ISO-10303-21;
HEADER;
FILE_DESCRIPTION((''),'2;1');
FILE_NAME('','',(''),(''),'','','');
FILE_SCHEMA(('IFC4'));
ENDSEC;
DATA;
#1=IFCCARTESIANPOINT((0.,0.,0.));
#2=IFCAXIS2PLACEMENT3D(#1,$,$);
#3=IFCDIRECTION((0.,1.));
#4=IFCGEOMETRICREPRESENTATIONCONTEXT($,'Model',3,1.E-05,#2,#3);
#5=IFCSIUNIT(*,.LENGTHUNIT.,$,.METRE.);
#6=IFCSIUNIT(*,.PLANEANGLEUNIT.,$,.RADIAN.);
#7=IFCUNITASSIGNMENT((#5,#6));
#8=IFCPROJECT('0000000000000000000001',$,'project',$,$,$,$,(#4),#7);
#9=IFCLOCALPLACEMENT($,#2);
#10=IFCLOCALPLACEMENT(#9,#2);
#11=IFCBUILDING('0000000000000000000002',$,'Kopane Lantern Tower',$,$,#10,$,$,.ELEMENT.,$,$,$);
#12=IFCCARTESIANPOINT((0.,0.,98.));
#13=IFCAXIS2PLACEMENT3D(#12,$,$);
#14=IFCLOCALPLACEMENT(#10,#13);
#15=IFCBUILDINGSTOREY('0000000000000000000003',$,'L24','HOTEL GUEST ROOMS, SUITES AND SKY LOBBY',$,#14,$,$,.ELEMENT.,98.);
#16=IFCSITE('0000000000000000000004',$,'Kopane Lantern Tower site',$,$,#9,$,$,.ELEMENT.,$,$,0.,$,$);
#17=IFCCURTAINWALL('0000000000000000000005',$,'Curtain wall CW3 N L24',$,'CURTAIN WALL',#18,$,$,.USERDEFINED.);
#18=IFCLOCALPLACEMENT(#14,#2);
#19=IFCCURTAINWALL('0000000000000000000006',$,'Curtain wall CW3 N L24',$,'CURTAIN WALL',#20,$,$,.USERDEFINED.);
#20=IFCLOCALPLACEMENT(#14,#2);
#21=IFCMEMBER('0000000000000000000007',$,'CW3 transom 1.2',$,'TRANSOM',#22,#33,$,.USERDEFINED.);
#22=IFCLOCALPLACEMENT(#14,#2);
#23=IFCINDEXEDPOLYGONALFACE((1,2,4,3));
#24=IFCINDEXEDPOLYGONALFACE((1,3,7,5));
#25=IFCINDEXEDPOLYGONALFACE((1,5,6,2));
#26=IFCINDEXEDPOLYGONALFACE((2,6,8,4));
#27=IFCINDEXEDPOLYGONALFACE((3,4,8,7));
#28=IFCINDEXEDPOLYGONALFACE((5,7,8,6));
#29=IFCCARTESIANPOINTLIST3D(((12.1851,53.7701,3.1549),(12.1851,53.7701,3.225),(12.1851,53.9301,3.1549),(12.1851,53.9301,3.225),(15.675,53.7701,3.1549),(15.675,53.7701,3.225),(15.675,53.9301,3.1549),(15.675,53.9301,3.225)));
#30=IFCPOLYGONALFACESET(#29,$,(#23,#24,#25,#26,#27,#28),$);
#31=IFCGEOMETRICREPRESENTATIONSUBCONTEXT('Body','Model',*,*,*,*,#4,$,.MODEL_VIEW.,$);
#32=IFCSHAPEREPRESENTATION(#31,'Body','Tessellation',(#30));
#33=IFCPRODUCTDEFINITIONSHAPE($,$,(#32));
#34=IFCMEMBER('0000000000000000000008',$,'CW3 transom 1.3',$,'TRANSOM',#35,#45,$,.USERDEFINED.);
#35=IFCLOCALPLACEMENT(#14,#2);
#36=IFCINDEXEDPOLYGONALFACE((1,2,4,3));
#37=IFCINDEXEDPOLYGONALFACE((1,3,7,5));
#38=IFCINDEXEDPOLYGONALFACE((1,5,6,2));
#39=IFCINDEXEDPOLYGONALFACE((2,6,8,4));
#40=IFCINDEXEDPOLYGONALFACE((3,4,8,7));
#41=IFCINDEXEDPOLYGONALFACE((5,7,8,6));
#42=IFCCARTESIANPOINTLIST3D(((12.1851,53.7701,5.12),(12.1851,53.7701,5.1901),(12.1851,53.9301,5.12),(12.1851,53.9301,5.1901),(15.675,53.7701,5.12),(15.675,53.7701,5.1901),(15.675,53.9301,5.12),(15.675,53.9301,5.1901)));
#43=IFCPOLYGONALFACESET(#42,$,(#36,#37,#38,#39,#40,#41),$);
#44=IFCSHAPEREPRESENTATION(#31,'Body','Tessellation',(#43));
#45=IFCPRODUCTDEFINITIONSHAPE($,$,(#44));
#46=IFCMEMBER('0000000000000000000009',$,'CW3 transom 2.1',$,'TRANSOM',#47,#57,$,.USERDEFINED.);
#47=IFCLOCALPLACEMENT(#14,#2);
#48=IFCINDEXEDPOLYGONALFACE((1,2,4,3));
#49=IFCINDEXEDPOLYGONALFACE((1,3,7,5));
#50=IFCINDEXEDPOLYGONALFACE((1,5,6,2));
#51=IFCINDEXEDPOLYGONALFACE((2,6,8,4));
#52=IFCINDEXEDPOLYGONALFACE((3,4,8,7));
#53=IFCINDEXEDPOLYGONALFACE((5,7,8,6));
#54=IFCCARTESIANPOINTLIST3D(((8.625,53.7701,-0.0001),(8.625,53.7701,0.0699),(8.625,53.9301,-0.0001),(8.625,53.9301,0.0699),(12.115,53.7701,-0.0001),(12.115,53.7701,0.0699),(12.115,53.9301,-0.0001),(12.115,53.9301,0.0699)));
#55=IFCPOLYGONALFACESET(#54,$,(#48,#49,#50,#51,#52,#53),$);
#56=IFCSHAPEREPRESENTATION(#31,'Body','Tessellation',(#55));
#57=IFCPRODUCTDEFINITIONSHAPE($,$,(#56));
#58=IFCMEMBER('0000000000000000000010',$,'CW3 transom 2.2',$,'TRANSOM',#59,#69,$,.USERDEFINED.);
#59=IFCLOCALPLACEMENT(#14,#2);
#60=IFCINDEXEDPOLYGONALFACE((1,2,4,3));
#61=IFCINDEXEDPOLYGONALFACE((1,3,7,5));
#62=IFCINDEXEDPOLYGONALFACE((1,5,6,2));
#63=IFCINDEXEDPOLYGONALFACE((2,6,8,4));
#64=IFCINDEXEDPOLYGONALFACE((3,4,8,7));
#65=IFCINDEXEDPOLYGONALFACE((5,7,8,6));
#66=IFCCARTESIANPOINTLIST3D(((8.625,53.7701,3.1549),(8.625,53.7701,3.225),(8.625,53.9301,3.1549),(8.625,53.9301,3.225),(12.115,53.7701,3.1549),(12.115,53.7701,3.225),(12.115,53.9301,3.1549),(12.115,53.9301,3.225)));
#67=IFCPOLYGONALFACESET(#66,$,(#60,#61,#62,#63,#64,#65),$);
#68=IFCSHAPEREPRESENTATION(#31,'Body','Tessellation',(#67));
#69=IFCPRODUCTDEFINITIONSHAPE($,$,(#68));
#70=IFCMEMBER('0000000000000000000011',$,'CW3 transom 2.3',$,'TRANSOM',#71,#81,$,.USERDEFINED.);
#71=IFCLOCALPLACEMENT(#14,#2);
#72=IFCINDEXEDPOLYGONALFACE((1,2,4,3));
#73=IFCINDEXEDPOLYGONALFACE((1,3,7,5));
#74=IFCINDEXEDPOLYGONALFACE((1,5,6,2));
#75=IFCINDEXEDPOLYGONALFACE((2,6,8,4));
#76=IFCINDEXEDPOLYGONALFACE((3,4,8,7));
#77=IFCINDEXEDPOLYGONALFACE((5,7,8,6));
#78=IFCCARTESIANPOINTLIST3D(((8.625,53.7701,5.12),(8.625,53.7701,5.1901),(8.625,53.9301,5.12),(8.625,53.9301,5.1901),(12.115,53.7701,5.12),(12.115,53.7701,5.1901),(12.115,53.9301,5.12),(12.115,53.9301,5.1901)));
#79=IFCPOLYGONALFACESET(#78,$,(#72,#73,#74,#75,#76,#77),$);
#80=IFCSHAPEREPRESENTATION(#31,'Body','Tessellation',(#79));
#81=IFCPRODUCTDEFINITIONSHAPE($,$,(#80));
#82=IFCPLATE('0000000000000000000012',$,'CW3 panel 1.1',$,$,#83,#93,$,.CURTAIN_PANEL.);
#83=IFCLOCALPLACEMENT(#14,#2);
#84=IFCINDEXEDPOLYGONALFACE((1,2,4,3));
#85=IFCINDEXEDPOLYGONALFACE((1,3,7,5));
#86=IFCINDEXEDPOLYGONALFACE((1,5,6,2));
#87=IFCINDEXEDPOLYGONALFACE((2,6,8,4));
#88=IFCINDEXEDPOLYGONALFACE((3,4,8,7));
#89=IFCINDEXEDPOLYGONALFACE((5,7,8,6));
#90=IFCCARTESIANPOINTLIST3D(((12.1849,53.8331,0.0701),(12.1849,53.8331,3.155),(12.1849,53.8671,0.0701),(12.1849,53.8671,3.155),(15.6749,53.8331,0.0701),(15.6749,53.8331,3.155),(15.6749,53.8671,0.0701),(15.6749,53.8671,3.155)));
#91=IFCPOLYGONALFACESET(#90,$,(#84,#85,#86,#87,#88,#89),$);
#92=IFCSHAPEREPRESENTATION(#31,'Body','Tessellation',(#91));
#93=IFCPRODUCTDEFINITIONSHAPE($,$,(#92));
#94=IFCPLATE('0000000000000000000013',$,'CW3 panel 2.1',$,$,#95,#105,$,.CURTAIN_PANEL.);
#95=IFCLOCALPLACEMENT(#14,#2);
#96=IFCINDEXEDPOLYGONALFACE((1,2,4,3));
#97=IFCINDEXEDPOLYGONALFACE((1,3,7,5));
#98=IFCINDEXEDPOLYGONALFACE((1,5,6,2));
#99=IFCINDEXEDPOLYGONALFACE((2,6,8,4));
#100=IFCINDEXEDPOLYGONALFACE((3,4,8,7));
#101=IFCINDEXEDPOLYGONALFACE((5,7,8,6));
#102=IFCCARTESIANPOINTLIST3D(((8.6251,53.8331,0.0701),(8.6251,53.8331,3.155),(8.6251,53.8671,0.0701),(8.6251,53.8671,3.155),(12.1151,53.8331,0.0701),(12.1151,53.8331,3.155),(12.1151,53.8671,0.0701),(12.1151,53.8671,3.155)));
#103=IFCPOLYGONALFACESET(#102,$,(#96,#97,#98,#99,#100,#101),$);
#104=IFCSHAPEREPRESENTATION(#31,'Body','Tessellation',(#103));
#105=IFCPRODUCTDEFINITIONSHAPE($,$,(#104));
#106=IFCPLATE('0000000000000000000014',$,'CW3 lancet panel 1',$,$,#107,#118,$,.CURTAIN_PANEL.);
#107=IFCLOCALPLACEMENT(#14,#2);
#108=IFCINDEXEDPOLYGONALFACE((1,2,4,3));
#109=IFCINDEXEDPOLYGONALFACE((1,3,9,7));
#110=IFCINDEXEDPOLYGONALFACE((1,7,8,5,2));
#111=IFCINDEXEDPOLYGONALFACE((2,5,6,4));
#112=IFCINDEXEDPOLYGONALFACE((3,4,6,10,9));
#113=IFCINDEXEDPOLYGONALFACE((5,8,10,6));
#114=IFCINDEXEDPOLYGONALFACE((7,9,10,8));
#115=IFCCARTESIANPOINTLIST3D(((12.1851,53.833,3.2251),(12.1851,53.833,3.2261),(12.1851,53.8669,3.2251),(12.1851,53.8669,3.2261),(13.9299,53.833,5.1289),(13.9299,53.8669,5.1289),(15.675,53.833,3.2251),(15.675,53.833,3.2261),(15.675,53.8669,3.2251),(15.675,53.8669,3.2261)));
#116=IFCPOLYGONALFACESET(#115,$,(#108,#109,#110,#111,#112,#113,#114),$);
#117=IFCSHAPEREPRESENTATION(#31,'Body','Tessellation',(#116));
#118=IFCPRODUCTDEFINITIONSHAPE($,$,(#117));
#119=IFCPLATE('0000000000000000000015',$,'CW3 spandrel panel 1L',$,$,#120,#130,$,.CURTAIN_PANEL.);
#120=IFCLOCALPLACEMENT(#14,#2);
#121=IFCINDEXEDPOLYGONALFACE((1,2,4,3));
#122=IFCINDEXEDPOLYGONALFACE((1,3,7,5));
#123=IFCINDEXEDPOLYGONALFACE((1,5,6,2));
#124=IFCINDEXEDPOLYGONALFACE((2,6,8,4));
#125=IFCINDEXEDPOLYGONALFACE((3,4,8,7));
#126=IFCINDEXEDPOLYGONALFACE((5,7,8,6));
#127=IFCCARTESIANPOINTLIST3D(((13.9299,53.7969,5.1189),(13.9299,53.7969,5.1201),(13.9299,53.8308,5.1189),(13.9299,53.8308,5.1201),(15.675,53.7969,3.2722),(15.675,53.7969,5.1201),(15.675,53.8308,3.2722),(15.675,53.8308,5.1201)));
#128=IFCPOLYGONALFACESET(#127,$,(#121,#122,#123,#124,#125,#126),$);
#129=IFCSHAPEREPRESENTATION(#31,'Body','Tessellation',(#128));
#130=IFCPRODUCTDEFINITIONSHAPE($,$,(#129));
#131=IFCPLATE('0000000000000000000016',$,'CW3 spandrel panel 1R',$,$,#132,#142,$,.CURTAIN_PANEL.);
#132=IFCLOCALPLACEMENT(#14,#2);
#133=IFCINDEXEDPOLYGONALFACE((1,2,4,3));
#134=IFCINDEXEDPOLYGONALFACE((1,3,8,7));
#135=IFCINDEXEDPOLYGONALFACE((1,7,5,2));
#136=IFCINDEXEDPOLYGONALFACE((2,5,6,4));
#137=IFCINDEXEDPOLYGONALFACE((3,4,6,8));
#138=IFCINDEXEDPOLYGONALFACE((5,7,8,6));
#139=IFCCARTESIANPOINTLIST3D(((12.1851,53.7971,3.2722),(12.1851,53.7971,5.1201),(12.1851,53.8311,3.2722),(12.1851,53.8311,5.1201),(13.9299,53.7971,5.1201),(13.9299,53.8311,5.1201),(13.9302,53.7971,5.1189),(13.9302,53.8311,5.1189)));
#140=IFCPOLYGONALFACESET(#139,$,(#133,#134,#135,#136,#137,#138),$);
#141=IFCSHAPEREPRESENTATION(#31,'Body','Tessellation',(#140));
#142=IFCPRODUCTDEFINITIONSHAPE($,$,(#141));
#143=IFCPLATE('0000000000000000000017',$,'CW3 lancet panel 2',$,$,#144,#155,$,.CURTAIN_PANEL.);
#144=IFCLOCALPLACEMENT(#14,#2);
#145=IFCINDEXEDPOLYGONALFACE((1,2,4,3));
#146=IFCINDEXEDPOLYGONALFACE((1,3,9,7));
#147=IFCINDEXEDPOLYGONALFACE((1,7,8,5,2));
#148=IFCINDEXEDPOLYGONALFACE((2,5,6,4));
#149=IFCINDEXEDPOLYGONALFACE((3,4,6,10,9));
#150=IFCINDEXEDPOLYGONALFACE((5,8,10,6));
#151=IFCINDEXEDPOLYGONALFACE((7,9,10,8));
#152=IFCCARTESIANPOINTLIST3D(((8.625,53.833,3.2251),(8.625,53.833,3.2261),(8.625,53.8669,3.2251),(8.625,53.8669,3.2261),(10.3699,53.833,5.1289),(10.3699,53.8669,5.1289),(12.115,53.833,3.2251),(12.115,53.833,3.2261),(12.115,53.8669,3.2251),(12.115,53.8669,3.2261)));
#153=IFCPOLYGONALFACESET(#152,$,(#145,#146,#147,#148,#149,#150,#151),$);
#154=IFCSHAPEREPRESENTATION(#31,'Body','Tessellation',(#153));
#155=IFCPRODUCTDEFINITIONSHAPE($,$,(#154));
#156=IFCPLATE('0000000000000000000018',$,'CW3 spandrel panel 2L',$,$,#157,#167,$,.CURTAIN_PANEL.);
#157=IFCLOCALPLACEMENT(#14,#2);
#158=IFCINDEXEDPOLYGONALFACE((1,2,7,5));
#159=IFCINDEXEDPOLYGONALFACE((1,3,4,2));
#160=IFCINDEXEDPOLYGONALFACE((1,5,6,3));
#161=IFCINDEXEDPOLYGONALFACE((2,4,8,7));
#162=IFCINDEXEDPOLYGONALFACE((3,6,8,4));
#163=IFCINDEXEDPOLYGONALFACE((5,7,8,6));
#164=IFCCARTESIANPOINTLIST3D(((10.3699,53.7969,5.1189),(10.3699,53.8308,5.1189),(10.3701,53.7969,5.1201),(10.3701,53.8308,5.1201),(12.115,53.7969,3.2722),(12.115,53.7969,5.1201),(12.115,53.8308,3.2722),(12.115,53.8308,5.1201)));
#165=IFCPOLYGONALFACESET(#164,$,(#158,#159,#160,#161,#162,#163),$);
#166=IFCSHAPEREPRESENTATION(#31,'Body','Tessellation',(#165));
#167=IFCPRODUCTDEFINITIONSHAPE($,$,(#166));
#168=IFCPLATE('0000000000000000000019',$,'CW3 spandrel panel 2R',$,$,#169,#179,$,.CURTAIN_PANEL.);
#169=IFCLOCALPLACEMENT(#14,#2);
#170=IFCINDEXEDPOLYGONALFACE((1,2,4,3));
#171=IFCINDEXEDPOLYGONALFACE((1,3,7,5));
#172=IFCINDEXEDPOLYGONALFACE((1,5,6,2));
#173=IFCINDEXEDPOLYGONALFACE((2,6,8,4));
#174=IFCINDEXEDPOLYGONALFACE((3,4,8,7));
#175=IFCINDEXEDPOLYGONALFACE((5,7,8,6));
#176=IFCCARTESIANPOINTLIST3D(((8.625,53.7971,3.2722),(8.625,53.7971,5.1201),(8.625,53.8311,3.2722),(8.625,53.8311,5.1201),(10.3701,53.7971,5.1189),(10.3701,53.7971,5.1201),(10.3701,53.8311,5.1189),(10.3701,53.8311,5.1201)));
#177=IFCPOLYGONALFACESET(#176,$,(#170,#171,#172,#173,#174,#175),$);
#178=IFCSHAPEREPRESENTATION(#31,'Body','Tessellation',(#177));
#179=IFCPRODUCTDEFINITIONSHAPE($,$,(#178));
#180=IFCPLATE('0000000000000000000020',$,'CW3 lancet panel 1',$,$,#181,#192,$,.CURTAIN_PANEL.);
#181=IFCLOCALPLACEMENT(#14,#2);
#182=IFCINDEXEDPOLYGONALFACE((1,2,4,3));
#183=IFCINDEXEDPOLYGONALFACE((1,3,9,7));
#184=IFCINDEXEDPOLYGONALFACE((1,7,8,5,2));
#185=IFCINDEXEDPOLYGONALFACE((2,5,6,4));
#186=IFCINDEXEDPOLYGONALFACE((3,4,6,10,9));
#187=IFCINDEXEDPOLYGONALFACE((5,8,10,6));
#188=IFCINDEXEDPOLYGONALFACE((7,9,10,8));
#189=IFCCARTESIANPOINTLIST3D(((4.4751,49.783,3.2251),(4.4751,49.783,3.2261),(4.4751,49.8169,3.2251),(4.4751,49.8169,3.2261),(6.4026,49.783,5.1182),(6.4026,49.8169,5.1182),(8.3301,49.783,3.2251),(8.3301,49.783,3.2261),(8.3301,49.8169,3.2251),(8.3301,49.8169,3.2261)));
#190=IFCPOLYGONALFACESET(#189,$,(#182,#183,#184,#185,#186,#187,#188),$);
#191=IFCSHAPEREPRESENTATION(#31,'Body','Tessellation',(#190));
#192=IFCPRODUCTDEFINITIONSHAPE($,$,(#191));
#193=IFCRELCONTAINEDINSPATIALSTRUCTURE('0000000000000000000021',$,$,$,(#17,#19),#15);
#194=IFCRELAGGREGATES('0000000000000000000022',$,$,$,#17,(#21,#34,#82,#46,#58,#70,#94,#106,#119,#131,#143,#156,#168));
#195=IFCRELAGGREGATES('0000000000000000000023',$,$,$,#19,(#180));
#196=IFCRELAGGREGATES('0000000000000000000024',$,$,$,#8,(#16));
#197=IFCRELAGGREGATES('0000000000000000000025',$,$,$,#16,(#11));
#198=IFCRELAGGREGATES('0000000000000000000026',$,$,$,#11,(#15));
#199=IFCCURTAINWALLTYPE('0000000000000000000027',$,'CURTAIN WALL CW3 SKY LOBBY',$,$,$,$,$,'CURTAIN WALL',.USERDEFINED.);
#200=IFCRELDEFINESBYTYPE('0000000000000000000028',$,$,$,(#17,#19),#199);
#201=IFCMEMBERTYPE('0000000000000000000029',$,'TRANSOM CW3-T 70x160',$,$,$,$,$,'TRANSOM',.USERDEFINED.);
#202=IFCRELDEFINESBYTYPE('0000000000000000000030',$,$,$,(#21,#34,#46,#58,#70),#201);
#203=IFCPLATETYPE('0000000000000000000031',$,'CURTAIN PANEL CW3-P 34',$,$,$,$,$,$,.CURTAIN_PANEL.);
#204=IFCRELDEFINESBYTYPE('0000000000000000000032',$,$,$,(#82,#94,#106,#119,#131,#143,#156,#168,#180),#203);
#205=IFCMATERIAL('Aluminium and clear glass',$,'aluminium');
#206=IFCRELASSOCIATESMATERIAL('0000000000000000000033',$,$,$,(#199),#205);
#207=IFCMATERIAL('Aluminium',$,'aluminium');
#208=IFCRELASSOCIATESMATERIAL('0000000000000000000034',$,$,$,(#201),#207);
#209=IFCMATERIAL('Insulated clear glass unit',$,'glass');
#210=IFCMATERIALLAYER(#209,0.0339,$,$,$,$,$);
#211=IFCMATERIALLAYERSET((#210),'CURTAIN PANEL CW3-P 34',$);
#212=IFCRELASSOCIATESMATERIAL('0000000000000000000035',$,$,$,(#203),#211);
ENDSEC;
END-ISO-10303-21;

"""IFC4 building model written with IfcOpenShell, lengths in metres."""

from ifc_helpers import new_model, si_unit, direction, frame, origin, origin_2d, place, context, subcontext, project, spatial, polyline, rectangle, outline, extrude, material, layer, layer_set, material_profile, profile_set, type_object, element, aggregate, save


model = new_model("IFC4")

# Units and contexts
model_context = context("Model", 3, precision=1e-05, world=origin(), true_north=direction((0.0, 1.0)))
body_context = subcontext(model_context, "Body", "Model", "MODEL_VIEW")
ifc_project = project(units=[si_unit("LENGTHUNIT", "METRE"), si_unit("PLANEANGLEUNIT", "RADIAN")], contexts=[model_context])

# Site, building, storey
site_placement = place(None, origin())
site = spatial("IfcSite", under=ifc_project, at=site_placement, Name="Kopane Lantern Tower site", CompositionType="ELEMENT", RefElevation=0.0)
building_placement = place(site_placement, origin())
building = spatial("IfcBuilding", under=site, at=building_placement, Name="Kopane Lantern Tower", CompositionType="ELEMENT")
storey_placement = place(building_placement, frame((0.0, 0.0, 98.0)))
storey = spatial("IfcBuildingStorey", under=building, at=storey_placement, Name="L24", Description="HOTEL GUEST ROOMS, SUITES AND SKY LOBBY", CompositionType="ELEMENT", Elevation=98.0)

# Curtain wall
ifc_material_1 = material(Name="Aluminium and clear glass", Category="aluminium")
curtain_wall_type = type_object("IfcCurtainWallType", Name="CURTAIN WALL CW3 SKY LOBBY", ElementType="CURTAIN WALL", PredefinedType="USERDEFINED", material=ifc_material_1)
curtain_wall_1_placement = place(storey_placement, origin())
curtain_wall_1 = element("IfcCurtainWall", 1, at=curtain_wall_1_placement, inside=storey, type_object=curtain_wall_type, Name="Curtain wall CW3 N L24", ObjectType="CURTAIN WALL", PredefinedType="USERDEFINED")

# Curtain wall
curtain_wall_2_placement = place(storey_placement, origin())
curtain_wall_2 = element("IfcCurtainWall", 2, at=curtain_wall_2_placement, inside=storey, type_object=curtain_wall_type, Name="Curtain wall CW3 N L24", ObjectType="CURTAIN WALL", PredefinedType="USERDEFINED")

# Members
ifc_material_2 = material(Name="Aluminium", Category="aluminium")
ifc_material_profile_1 = material_profile(ifc_material_2, rectangle(XDim=0.1599, YDim=0.0701, at=origin_2d()), Name="AL 160x70")
ifc_profile_set_1 = profile_set([ifc_material_profile_1], Name="Aluminium")
member_type_1 = type_object("IfcMemberType", Name="TRANSOM CW3-T 70x160", ElementType="TRANSOM", PredefinedType="USERDEFINED", material=ifc_profile_set_1)
member_1_placement = place(storey_placement, frame((15.675, 53.8501, 3.1899), z_axis=(-1.0, 0.0, 0.0), x_axis=(0.0, -1.0, 0.0)))
member_1 = element("IfcMember", 3, at=member_1_placement, type_object=member_type_1, Name="CW3 transom 1.2", ObjectType="TRANSOM", PredefinedType="USERDEFINED", context=body_context, shape_type="SweptSolid", body=[
    extrude(rectangle(XDim=0.1599, YDim=0.0701, at=origin_2d()), origin(), (0.0, 0.0, 1.0), 3.49),
])
member_2_placement = place(storey_placement, frame((15.675, 53.8501, 5.155), z_axis=(-1.0, 0.0, 0.0), x_axis=(0.0, -1.0, 0.0)))
member_2 = element("IfcMember", 4, at=member_2_placement, type_object=member_type_1, Name="CW3 transom 1.3", ObjectType="TRANSOM", PredefinedType="USERDEFINED", context=body_context, shape_type="SweptSolid", body=[
    extrude(rectangle(XDim=0.1599, YDim=0.0701, at=origin_2d()), origin(), (0.0, 0.0, 1.0), 3.49),
])
member_3_placement = place(storey_placement, frame((12.115, 53.8501, 0.0349), z_axis=(-1.0, 0.0, 0.0), x_axis=(0.0, -1.0, 0.0)))
member_3 = element("IfcMember", 5, at=member_3_placement, type_object=member_type_1, Name="CW3 transom 2.1", ObjectType="TRANSOM", PredefinedType="USERDEFINED", context=body_context, shape_type="SweptSolid", body=[
    extrude(rectangle(XDim=0.1599, YDim=0.0701, at=origin_2d()), origin(), (0.0, 0.0, 1.0), 3.49),
])
member_4_placement = place(storey_placement, frame((12.115, 53.8501, 3.1899), z_axis=(-1.0, 0.0, 0.0), x_axis=(0.0, -1.0, 0.0)))
member_4 = element("IfcMember", 6, at=member_4_placement, type_object=member_type_1, Name="CW3 transom 2.2", ObjectType="TRANSOM", PredefinedType="USERDEFINED", context=body_context, shape_type="SweptSolid", body=[
    extrude(rectangle(XDim=0.1599, YDim=0.0701, at=origin_2d()), origin(), (0.0, 0.0, 1.0), 3.49),
])
member_5_placement = place(storey_placement, frame((12.115, 53.8501, 5.155), z_axis=(-1.0, 0.0, 0.0), x_axis=(0.0, -1.0, 0.0)))
member_5 = element("IfcMember", 7, at=member_5_placement, type_object=member_type_1, Name="CW3 transom 2.3", ObjectType="TRANSOM", PredefinedType="USERDEFINED", context=body_context, shape_type="SweptSolid", body=[
    extrude(rectangle(XDim=0.1599, YDim=0.0701, at=origin_2d()), origin(), (0.0, 0.0, 1.0), 3.49),
])

# Plates
ifc_material_3 = material(Name="Insulated clear glass unit", Category="glass")
ifc_layer_1 = layer(ifc_material_3, 0.0339)
ifc_layer_set_1 = layer_set([ifc_layer_1], Name="CURTAIN PANEL CW3-P 34")
plate_type = type_object("IfcPlateType", Name="CURTAIN PANEL CW3-P 34", PredefinedType="CURTAIN_PANEL", material=ifc_layer_set_1)
plate_1_placement = place(storey_placement, frame((13.9299, 53.8501, 0.0701), z_axis=(0.0, 0.0, 1.0), x_axis=(-1.0, 0.0, 0.0)))
plate_1 = element("IfcPlate", 8, at=plate_1_placement, type_object=plate_type, Name="CW3 panel 1.1", PredefinedType="CURTAIN_PANEL", context=body_context, shape_type="SweptSolid", body=[
    extrude(rectangle(XDim=3.49, YDim=0.0339, at=origin_2d()), origin(), (0.0, 0.0, 1.0), 3.085),
])
plate_2_placement = place(storey_placement, frame((10.3701, 53.8501, 0.0701), z_axis=(0.0, 0.0, 1.0), x_axis=(-1.0, 0.0, 0.0)))
plate_2 = element("IfcPlate", 9, at=plate_2_placement, type_object=plate_type, Name="CW3 panel 2.1", PredefinedType="CURTAIN_PANEL", context=body_context, shape_type="SweptSolid", body=[
    extrude(rectangle(XDim=3.49, YDim=0.0339, at=origin_2d()), origin(), (0.0, 0.0, 1.0), 3.085),
])
plate_3_placement = place(storey_placement, frame((15.675, 53.8501, 3.2251), z_axis=(0.0, 0.0, 1.0), x_axis=(-1.0, 0.0, 0.0)))
plate_3 = element("IfcPlate", 10, at=plate_3_placement, type_object=plate_type, Name="CW3 lancet panel 1", PredefinedType="CURTAIN_PANEL", context=body_context, shape_type="SweptSolid", body=[
    extrude(outline(polyline([(0.0, 0.0), (3.49, 0.0), (3.49, 0.001), (1.7451, 1.9038), (0.0, 0.001), (0.0, 0.0)])), frame((0.0, 0.0171, 0.0), z_axis=(0.0, -1.0, 0.0), x_axis=(1.0, 0.0, 0.0)), (0.0, 0.0, 1.0), 0.0339),
])
plate_4_placement = place(storey_placement, frame((15.675, 53.814, 5.1201), z_axis=(0.0, 0.0, 1.0), x_axis=(-1.0, 0.0, 0.0)))
plate_4 = element("IfcPlate", 11, at=plate_4_placement, type_object=plate_type, Name="CW3 spandrel panel 1L", PredefinedType="CURTAIN_PANEL", context=body_context, shape_type="SweptSolid", body=[
    extrude(outline(polyline([(0.0, 0.0), (1.7451, 0.0), (1.7451, -0.0012), (0.0, -1.8479), (0.0, 0.0)])), frame((0.0, 0.0171, 0.0), z_axis=(0.0, -1.0, 0.0), x_axis=(1.0, 0.0, 0.0)), (0.0, 0.0, 1.0), 0.0339),
])
plate_5_placement = place(storey_placement, frame((12.1851, 53.814, 5.1201), z_axis=(0.0, 0.0, 1.0), x_axis=(1.0, 0.0, 0.0)))
plate_5 = element("IfcPlate", 12, at=plate_5_placement, type_object=plate_type, Name="CW3 spandrel panel 1R", PredefinedType="CURTAIN_PANEL", context=body_context, shape_type="SweptSolid", body=[
    extrude(outline(polyline([(0.0, 0.0), (1.7449, 0.0), (1.7451, -0.0012), (0.0, -1.8479), (0.0, 0.0)])), frame((0.0, 0.0171, 0.0), z_axis=(0.0, -1.0, 0.0), x_axis=(1.0, 0.0, 0.0)), (0.0, 0.0, 1.0), 0.0339),
])
plate_6_placement = place(storey_placement, frame((12.115, 53.8501, 3.2251), z_axis=(0.0, 0.0, 1.0), x_axis=(-1.0, 0.0, 0.0)))
plate_6 = element("IfcPlate", 13, at=plate_6_placement, type_object=plate_type, Name="CW3 lancet panel 2", PredefinedType="CURTAIN_PANEL", context=body_context, shape_type="SweptSolid", body=[
    extrude(outline(polyline([(0.0, 0.0), (3.49, 0.0), (3.49, 0.001), (1.7451, 1.9038), (0.0, 0.001), (0.0, 0.0)])), frame((0.0, 0.0171, 0.0), z_axis=(0.0, -1.0, 0.0), x_axis=(1.0, 0.0, 0.0)), (0.0, 0.0, 1.0), 0.0339),
])
plate_7_placement = place(storey_placement, frame((12.115, 53.814, 5.1201), z_axis=(0.0, 0.0, 1.0), x_axis=(-1.0, 0.0, 0.0)))
plate_7 = element("IfcPlate", 14, at=plate_7_placement, type_object=plate_type, Name="CW3 spandrel panel 2L", PredefinedType="CURTAIN_PANEL", context=body_context, shape_type="SweptSolid", body=[
    extrude(outline(polyline([(0.0, 0.0), (1.7449, 0.0), (1.7451, -0.0012), (0.0, -1.8479), (0.0, 0.0)])), frame((0.0, 0.0171, 0.0), z_axis=(0.0, -1.0, 0.0), x_axis=(1.0, 0.0, 0.0)), (0.0, 0.0, 1.0), 0.0339),
])
plate_8_placement = place(storey_placement, frame((8.625, 53.814, 5.1201), z_axis=(0.0, 0.0, 1.0), x_axis=(1.0, 0.0, 0.0)))
plate_8 = element("IfcPlate", 15, at=plate_8_placement, type_object=plate_type, Name="CW3 spandrel panel 2R", PredefinedType="CURTAIN_PANEL", context=body_context, shape_type="SweptSolid", body=[
    extrude(outline(polyline([(0.0, 0.0), (1.7451, 0.0), (1.7451, -0.0012), (0.0, -1.8479), (0.0, 0.0)])), frame((0.0, 0.0171, 0.0), z_axis=(0.0, -1.0, 0.0), x_axis=(1.0, 0.0, 0.0)), (0.0, 0.0, 1.0), 0.0339),
])
aggregate(curtain_wall_1, [member_1, member_2, plate_1, member_3, member_4, member_5, plate_2, plate_3, plate_4, plate_5, plate_6, plate_7, plate_8])
plate_9_placement = place(storey_placement, frame((8.3301, 49.8, 3.2251), z_axis=(0.0, 0.0, 1.0), x_axis=(-1.0, 0.0, 0.0)))
plate_9 = element("IfcPlate", 16, at=plate_9_placement, type_object=plate_type, Name="CW3 lancet panel 1", PredefinedType="CURTAIN_PANEL", context=body_context, shape_type="SweptSolid", body=[
    extrude(outline(polyline([(0.0, 0.0), (3.855, 0.0), (3.855, 0.001), (1.9275, 1.8931), (0.0, 0.001), (0.0, 0.0)])), frame((0.0, 0.0171, 0.0), z_axis=(0.0, -1.0, 0.0), x_axis=(1.0, 0.0, 0.0)), (0.0, 0.0, 1.0), 0.0339),
])
aggregate(curtain_wall_2, [plate_9])

save(model, "model.ifc")
